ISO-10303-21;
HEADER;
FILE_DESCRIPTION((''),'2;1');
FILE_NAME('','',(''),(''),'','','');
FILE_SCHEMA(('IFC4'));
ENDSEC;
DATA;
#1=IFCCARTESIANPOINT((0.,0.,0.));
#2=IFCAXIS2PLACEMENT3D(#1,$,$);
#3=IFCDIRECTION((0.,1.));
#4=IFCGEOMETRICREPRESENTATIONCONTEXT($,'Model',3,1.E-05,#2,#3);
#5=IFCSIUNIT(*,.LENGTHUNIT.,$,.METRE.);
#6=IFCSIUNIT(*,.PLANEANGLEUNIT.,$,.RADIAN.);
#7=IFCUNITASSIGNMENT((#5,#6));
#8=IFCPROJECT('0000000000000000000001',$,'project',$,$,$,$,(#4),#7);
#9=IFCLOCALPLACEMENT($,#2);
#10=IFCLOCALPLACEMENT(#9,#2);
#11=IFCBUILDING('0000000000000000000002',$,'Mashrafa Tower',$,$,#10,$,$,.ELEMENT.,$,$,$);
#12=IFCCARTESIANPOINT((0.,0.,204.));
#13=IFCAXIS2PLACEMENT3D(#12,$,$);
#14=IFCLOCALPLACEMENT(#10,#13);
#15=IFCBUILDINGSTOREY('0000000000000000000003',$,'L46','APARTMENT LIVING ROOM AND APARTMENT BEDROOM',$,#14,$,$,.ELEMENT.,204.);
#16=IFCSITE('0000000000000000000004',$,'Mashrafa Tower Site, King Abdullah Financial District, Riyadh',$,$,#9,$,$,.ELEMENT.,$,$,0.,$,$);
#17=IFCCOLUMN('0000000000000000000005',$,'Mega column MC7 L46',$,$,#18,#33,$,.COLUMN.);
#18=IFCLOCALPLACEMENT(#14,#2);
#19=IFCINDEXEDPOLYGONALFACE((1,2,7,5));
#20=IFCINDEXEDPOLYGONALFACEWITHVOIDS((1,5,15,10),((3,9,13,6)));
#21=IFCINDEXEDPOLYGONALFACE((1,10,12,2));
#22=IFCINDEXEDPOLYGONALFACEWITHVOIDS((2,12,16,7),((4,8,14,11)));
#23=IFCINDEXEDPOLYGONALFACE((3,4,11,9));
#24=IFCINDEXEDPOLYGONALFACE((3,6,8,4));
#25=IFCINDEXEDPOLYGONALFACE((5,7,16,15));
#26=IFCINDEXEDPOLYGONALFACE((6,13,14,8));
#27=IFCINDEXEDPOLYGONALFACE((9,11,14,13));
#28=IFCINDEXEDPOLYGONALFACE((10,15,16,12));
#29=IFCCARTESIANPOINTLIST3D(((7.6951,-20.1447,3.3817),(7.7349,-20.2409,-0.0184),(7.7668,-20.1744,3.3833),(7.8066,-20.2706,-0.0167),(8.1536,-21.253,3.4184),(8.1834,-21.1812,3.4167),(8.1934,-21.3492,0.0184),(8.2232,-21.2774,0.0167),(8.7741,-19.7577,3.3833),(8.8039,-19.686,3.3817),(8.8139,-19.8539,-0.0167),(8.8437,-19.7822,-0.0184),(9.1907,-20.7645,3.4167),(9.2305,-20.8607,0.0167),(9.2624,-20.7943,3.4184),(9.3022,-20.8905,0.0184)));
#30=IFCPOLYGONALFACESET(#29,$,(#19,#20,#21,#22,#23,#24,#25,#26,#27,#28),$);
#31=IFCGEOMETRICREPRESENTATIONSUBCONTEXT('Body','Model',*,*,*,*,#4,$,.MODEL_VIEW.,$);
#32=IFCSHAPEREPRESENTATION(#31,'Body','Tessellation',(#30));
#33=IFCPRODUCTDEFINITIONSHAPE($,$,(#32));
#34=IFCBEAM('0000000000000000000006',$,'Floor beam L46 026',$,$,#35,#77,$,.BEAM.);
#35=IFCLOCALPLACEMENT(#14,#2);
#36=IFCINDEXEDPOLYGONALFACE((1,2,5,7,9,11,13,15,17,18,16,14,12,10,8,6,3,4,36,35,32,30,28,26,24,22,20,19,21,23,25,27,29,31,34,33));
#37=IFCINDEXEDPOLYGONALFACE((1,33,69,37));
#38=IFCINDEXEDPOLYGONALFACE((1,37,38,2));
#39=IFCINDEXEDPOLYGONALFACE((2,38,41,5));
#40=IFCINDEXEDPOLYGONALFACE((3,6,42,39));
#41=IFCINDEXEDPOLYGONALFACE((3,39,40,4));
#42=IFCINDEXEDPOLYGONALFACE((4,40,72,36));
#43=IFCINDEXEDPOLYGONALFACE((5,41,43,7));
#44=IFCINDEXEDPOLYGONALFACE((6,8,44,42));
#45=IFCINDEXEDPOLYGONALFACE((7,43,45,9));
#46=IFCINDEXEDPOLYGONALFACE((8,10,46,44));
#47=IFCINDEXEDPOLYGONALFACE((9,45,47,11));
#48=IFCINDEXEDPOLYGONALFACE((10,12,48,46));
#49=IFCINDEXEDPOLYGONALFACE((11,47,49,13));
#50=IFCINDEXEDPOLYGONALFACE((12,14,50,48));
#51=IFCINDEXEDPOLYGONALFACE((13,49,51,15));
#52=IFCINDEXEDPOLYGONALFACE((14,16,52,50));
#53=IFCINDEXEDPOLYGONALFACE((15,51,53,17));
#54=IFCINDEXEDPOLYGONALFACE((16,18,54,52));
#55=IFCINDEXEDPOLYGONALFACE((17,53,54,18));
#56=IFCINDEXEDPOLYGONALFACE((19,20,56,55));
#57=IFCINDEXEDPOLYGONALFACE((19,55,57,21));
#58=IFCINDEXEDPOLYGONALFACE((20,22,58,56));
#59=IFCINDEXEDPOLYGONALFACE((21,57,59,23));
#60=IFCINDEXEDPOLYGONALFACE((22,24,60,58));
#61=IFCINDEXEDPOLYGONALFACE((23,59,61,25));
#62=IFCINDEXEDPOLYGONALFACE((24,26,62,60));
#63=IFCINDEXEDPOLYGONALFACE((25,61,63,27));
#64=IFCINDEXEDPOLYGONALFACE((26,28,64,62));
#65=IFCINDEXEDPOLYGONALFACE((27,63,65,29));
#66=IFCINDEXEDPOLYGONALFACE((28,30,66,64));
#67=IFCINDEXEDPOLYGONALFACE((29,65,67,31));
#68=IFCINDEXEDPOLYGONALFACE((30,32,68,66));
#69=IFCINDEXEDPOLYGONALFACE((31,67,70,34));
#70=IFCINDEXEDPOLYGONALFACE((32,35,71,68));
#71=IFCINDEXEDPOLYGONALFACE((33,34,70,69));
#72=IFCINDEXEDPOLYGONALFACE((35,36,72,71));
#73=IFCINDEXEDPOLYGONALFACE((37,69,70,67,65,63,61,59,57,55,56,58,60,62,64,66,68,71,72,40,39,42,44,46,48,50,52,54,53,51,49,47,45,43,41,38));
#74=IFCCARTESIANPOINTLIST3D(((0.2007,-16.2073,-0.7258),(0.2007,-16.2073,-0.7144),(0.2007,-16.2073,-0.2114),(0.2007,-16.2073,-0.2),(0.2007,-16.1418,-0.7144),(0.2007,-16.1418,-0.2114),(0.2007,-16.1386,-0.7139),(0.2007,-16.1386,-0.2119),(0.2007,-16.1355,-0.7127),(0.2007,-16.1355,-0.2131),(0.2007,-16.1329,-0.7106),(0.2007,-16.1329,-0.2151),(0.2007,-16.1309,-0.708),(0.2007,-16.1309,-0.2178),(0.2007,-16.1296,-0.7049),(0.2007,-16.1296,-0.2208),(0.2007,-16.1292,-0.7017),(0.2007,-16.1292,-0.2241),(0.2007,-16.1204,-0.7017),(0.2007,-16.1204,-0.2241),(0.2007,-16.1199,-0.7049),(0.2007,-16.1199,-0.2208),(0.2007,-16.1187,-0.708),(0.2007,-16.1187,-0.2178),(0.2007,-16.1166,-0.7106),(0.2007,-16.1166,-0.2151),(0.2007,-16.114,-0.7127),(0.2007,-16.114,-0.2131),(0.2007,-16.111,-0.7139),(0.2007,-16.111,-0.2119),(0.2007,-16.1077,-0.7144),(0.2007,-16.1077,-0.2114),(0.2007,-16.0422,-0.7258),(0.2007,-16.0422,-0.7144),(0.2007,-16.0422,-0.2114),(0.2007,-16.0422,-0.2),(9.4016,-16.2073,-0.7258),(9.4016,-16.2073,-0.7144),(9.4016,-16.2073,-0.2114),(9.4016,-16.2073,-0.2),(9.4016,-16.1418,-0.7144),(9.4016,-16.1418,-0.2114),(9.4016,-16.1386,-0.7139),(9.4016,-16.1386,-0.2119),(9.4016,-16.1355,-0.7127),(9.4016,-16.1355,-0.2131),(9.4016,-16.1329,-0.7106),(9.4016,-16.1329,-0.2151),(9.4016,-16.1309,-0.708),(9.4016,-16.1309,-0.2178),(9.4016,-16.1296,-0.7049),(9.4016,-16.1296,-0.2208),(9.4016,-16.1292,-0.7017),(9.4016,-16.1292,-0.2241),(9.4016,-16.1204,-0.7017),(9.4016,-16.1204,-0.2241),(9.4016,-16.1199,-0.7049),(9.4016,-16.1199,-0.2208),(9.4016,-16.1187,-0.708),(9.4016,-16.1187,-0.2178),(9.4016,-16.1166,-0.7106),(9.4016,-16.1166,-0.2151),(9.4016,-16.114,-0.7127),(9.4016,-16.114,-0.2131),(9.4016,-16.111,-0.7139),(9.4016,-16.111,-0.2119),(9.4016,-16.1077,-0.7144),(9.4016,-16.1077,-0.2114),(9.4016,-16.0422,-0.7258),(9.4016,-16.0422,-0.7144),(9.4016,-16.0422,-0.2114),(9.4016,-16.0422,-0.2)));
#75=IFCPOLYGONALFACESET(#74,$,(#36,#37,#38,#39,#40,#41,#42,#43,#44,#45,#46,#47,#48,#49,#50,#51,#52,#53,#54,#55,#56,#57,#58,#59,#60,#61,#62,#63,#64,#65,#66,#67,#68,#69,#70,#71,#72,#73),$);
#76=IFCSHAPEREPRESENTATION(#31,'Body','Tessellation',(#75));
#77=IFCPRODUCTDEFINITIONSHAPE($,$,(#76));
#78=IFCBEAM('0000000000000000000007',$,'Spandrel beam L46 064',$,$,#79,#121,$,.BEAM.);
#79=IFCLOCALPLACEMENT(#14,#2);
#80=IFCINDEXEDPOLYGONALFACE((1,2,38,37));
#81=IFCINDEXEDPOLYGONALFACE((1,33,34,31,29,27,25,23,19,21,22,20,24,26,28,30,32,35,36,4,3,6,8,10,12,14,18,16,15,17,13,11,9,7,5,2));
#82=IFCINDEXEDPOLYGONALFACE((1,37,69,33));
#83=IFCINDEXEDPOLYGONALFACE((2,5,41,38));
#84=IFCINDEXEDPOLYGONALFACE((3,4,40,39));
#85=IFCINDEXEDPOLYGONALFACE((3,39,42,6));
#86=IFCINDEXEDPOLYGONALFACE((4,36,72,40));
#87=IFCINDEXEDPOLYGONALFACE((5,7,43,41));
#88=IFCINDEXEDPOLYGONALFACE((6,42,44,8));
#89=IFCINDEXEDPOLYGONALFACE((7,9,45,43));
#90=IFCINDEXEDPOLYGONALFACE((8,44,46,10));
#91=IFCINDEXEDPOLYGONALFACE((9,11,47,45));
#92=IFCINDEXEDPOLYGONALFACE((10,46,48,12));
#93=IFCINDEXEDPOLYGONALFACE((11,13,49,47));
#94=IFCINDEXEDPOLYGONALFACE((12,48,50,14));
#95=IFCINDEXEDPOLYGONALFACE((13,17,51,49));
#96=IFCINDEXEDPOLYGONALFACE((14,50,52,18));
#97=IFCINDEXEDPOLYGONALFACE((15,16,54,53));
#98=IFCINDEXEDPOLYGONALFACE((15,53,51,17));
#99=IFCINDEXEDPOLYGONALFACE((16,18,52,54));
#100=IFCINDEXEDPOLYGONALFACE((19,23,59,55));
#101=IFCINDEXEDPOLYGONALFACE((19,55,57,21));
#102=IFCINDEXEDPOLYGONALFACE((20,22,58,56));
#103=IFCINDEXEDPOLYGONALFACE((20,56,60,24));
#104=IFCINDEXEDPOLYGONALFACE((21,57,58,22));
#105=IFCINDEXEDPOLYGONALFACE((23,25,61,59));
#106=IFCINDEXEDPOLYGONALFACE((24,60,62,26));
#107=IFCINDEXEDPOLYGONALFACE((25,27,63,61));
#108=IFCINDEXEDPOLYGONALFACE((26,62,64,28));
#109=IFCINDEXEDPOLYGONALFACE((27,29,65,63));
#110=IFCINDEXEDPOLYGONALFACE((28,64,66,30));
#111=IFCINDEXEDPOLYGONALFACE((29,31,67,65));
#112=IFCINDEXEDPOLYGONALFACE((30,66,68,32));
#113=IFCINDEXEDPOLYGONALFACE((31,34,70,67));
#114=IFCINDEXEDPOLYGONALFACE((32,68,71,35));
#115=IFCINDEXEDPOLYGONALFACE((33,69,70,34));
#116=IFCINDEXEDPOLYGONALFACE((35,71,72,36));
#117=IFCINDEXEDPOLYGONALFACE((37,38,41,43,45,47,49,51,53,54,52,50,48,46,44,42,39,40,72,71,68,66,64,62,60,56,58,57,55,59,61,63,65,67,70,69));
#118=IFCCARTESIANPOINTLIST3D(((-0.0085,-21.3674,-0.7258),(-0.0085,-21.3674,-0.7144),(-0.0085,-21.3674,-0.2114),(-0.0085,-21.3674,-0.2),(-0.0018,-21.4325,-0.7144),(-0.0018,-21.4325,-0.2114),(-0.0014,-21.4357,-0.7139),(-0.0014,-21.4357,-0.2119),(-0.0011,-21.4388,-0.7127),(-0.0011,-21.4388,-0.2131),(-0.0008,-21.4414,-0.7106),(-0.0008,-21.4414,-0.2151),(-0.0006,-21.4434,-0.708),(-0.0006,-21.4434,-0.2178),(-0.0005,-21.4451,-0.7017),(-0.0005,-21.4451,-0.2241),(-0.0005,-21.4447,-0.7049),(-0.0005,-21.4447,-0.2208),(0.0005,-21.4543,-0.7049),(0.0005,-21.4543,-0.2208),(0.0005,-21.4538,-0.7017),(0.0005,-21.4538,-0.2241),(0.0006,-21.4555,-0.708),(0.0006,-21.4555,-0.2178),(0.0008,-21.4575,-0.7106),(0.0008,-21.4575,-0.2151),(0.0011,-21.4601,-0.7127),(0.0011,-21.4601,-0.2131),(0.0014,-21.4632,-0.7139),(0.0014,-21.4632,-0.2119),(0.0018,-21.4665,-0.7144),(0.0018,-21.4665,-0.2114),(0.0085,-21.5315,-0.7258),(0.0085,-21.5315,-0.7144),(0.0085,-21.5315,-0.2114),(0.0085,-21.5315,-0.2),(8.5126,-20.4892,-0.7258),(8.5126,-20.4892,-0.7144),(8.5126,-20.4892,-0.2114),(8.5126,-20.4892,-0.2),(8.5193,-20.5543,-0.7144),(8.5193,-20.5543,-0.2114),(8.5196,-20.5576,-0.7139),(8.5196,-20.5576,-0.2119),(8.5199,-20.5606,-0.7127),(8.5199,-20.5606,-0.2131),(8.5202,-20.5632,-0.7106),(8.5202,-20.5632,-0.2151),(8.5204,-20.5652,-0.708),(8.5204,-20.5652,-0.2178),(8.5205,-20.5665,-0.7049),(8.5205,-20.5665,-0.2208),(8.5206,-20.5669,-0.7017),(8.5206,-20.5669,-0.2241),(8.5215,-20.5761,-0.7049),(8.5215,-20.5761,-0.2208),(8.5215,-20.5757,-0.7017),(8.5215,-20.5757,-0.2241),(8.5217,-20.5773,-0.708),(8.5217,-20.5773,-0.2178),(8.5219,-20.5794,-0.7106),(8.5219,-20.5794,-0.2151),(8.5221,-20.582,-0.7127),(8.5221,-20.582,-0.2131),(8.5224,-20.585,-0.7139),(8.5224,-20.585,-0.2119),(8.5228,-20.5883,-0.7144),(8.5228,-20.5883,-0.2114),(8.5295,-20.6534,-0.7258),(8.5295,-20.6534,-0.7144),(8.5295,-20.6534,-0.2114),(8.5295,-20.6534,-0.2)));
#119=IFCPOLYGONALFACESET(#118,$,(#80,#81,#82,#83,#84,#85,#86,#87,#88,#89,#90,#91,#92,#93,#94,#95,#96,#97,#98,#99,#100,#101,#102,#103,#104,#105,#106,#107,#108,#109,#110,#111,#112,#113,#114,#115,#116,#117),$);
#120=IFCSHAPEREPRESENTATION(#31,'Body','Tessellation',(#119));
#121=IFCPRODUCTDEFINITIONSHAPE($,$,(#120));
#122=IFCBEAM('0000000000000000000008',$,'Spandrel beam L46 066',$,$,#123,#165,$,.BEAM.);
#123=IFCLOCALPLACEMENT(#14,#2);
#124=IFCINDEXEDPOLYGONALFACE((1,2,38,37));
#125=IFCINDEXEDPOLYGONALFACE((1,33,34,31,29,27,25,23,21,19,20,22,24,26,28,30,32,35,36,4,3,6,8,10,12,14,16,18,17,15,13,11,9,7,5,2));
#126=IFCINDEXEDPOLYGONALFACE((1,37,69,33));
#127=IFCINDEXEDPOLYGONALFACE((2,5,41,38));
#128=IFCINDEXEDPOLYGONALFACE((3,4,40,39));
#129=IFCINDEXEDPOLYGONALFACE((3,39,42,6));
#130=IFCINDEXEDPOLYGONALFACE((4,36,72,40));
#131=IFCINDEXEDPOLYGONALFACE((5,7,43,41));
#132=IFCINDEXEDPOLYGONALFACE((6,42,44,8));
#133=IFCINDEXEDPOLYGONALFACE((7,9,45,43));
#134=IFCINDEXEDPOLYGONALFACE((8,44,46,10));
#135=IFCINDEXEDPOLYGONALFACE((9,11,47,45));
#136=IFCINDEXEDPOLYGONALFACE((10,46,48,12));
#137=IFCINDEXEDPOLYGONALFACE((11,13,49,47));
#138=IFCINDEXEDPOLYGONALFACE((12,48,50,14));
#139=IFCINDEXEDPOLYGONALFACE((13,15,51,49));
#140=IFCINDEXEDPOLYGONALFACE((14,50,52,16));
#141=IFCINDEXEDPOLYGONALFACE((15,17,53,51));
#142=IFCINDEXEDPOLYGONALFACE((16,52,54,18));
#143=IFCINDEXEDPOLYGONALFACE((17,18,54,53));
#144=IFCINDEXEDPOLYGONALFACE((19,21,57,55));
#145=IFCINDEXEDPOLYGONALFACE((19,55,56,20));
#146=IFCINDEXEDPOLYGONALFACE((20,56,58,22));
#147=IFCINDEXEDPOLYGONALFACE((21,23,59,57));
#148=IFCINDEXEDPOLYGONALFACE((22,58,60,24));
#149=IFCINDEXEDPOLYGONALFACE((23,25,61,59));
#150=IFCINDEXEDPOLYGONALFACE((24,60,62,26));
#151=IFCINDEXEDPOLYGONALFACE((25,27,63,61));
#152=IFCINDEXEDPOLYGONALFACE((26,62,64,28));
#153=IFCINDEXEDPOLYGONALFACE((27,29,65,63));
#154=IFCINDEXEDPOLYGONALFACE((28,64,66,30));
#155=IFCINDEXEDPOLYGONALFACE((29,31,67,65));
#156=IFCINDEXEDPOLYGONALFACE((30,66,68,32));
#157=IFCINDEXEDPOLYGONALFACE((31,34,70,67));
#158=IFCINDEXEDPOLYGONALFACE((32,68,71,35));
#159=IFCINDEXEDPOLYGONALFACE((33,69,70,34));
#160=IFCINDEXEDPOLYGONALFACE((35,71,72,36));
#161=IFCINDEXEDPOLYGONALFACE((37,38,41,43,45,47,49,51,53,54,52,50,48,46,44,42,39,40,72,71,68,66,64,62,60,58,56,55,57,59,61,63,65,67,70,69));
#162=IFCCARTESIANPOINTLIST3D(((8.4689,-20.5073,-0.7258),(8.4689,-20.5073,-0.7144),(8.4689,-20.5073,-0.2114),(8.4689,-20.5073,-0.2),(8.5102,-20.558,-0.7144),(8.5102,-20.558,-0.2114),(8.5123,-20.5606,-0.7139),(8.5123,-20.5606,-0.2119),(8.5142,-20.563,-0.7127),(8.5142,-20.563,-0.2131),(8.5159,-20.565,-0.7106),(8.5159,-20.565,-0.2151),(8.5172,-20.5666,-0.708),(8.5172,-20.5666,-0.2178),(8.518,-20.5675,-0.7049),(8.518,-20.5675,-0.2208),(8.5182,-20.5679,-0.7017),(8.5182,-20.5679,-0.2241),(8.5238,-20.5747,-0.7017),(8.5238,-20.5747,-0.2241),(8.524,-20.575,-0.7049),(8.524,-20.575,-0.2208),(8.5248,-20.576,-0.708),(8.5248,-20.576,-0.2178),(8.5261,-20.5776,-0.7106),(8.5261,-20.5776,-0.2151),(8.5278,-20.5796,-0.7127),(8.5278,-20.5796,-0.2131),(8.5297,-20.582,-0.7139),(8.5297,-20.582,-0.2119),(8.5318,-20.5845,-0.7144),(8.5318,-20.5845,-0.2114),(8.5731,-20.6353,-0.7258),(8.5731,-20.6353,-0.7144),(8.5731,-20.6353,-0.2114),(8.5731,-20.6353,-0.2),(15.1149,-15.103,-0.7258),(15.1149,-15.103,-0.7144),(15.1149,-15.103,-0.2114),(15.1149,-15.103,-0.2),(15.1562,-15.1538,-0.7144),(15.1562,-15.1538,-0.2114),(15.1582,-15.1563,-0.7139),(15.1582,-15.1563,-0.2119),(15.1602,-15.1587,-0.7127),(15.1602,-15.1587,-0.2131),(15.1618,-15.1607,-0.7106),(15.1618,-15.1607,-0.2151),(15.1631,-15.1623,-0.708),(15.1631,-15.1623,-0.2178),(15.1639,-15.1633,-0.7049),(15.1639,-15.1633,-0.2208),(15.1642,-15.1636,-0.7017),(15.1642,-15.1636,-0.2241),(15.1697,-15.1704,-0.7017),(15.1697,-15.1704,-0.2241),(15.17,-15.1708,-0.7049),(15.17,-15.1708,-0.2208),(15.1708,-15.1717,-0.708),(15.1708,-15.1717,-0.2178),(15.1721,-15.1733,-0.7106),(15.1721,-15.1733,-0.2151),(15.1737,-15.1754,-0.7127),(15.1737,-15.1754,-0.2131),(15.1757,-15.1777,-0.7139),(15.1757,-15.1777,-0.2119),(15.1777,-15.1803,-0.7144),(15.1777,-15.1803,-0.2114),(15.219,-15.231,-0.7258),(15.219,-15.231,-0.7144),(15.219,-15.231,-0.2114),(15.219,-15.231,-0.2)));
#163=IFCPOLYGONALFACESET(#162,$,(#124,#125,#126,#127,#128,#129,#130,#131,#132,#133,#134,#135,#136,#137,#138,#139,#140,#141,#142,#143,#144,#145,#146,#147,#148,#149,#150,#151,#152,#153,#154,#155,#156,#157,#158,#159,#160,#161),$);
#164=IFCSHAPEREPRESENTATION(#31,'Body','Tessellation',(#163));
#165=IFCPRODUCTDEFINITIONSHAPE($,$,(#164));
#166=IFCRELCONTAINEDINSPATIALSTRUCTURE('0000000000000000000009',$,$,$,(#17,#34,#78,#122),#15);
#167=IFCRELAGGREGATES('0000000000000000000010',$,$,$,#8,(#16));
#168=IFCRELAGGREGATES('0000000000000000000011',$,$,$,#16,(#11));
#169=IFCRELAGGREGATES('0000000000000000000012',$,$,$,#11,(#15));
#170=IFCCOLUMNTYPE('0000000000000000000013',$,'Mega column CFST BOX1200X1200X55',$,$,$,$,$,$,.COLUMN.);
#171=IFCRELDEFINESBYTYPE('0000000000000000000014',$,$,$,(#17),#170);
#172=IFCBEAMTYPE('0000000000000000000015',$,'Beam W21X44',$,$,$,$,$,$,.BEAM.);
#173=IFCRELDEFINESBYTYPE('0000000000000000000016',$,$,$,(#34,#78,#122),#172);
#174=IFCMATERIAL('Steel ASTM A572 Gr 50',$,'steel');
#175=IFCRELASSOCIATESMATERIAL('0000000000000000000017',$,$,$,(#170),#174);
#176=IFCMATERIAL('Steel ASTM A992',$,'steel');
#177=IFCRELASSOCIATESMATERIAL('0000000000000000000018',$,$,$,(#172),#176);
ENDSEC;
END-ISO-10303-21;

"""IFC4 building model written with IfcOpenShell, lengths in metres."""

from ifc_helpers import new_model, si_unit, direction, frame, origin, origin_2d, place, context, subcontext, project, spatial, hollow_rectangle, i_section, extrude, material, material_profile, profile_set, type_object, element, save


model = new_model("IFC4")

# Units and contexts
model_context = context("Model", 3, precision=1e-05, world=origin(), true_north=direction((0.0, 1.0)))
body_context = subcontext(model_context, "Body", "Model", "MODEL_VIEW")
ifc_project = project(units=[si_unit("LENGTHUNIT", "METRE"), si_unit("PLANEANGLEUNIT", "RADIAN")], contexts=[model_context])

# Site, building, storey
site_placement = place(None, origin())
site = spatial("IfcSite", under=ifc_project, at=site_placement, Name="Mashrafa Tower Site, King Abdullah Financial District, Riyadh", CompositionType="ELEMENT", RefElevation=0.0)
building_placement = place(site_placement, origin())
building = spatial("IfcBuilding", under=site, at=building_placement, Name="Mashrafa Tower", CompositionType="ELEMENT")
storey_placement = place(building_placement, frame((0.0, 0.0, 204.0)))
storey = spatial("IfcBuildingStorey", under=building, at=storey_placement, Name="L46", Description="APARTMENT LIVING ROOM AND APARTMENT BEDROOM", CompositionType="ELEMENT", Elevation=204.0)

# Column
ifc_material_1 = material(Name="Steel ASTM A572 Gr 50", Category="steel")
ifc_material_profile_1 = material_profile(ifc_material_1, hollow_rectangle(XDim=1.2, YDim=1.2, WallThickness=0.0549, at=origin_2d()), Name="BOX1200X1200X55")
ifc_profile_set_1 = profile_set([ifc_material_profile_1], Name="Steel ASTM A572 Gr 50")
column_type = type_object("IfcColumnType", Name="Mega column CFST BOX1200X1200X55", PredefinedType="COLUMN", material=ifc_profile_set_1)
column_placement = place(storey_placement, frame((8.5186, -20.5657, 0.0), z_axis=(-0.011699, 0.028279, 0.999532), x_axis=(-0.924045, -0.382283, 0.0)))
element("IfcColumn", 1, at=column_placement, inside=storey, type_object=column_type, Name="Mega column MC7 L46", PredefinedType="COLUMN", context=body_context, shape_type="SweptSolid", body=[
    extrude(hollow_rectangle(XDim=1.2, YDim=1.2, WallThickness=0.0549, at=origin_2d()), origin(), (0.0, 0.0, 1.0), 3.4016),
])

# Beams
ifc_material_2 = material(Name="Steel ASTM A992", Category="steel")
ifc_material_profile_2 = material_profile(ifc_material_2, i_section(OverallWidth=0.165, OverallDepth=0.5259, WebThickness=0.0088, FlangeThickness=0.0115, FilletRadius=0.0127, at=origin_2d()), Name="W21X44")
ifc_profile_set_2 = profile_set([ifc_material_profile_2], Name="Steel ASTM A992")
beam_type_1 = type_object("IfcBeamType", Name="Beam W21X44", PredefinedType="BEAM", material=ifc_profile_set_2)
beam_1_placement = place(storey_placement, frame((9.4016, -16.1248, -0.4629), z_axis=(-1.0, 0.0, 0.0), x_axis=(0.0, -1.0, 0.0)))
element("IfcBeam", 2, at=beam_1_placement, inside=storey, type_object=beam_type_1, Name="Floor beam L46 026", PredefinedType="BEAM", context=body_context, shape_type="SweptSolid", body=[
    extrude(i_section(OverallWidth=0.165, OverallDepth=0.5259, WebThickness=0.0088, FlangeThickness=0.0115, FilletRadius=0.0127, at=origin_2d()), origin(), (0.0, 0.0, 1.0), 9.2009),
])
beam_2_placement = place(storey_placement, frame((0.0, -21.4495, -0.4629), z_axis=(0.994731, 0.102517, 0.0), x_axis=(-0.102517, 0.994731, 0.0)))
element("IfcBeam", 3, at=beam_2_placement, inside=storey, type_object=beam_type_1, Name="Spandrel beam L46 064", PredefinedType="BEAM", context=body_context, shape_type="SweptSolid", body=[
    extrude(i_section(OverallWidth=0.165, OverallDepth=0.5259, WebThickness=0.0088, FlangeThickness=0.0115, FilletRadius=0.0127, at=origin_2d()), origin(), (0.0, 0.0, 1.0), 8.5662),
])
beam_3_placement = place(storey_placement, frame((8.521, -20.5713, -0.4629), z_axis=(0.775861, 0.630904, 0.0), x_axis=(-0.630904, 0.775861, 0.0)))
element("IfcBeam", 4, at=beam_3_placement, inside=storey, type_object=beam_type_1, Name="Spandrel beam L46 066", PredefinedType="BEAM", context=body_context, shape_type="SweptSolid", body=[
    extrude(i_section(OverallWidth=0.165, OverallDepth=0.5259, WebThickness=0.0088, FlangeThickness=0.0115, FilletRadius=0.0127, at=origin_2d()), origin(), (0.0, 0.0, 1.0), 8.5659),
])

save(model, "model.ifc")
